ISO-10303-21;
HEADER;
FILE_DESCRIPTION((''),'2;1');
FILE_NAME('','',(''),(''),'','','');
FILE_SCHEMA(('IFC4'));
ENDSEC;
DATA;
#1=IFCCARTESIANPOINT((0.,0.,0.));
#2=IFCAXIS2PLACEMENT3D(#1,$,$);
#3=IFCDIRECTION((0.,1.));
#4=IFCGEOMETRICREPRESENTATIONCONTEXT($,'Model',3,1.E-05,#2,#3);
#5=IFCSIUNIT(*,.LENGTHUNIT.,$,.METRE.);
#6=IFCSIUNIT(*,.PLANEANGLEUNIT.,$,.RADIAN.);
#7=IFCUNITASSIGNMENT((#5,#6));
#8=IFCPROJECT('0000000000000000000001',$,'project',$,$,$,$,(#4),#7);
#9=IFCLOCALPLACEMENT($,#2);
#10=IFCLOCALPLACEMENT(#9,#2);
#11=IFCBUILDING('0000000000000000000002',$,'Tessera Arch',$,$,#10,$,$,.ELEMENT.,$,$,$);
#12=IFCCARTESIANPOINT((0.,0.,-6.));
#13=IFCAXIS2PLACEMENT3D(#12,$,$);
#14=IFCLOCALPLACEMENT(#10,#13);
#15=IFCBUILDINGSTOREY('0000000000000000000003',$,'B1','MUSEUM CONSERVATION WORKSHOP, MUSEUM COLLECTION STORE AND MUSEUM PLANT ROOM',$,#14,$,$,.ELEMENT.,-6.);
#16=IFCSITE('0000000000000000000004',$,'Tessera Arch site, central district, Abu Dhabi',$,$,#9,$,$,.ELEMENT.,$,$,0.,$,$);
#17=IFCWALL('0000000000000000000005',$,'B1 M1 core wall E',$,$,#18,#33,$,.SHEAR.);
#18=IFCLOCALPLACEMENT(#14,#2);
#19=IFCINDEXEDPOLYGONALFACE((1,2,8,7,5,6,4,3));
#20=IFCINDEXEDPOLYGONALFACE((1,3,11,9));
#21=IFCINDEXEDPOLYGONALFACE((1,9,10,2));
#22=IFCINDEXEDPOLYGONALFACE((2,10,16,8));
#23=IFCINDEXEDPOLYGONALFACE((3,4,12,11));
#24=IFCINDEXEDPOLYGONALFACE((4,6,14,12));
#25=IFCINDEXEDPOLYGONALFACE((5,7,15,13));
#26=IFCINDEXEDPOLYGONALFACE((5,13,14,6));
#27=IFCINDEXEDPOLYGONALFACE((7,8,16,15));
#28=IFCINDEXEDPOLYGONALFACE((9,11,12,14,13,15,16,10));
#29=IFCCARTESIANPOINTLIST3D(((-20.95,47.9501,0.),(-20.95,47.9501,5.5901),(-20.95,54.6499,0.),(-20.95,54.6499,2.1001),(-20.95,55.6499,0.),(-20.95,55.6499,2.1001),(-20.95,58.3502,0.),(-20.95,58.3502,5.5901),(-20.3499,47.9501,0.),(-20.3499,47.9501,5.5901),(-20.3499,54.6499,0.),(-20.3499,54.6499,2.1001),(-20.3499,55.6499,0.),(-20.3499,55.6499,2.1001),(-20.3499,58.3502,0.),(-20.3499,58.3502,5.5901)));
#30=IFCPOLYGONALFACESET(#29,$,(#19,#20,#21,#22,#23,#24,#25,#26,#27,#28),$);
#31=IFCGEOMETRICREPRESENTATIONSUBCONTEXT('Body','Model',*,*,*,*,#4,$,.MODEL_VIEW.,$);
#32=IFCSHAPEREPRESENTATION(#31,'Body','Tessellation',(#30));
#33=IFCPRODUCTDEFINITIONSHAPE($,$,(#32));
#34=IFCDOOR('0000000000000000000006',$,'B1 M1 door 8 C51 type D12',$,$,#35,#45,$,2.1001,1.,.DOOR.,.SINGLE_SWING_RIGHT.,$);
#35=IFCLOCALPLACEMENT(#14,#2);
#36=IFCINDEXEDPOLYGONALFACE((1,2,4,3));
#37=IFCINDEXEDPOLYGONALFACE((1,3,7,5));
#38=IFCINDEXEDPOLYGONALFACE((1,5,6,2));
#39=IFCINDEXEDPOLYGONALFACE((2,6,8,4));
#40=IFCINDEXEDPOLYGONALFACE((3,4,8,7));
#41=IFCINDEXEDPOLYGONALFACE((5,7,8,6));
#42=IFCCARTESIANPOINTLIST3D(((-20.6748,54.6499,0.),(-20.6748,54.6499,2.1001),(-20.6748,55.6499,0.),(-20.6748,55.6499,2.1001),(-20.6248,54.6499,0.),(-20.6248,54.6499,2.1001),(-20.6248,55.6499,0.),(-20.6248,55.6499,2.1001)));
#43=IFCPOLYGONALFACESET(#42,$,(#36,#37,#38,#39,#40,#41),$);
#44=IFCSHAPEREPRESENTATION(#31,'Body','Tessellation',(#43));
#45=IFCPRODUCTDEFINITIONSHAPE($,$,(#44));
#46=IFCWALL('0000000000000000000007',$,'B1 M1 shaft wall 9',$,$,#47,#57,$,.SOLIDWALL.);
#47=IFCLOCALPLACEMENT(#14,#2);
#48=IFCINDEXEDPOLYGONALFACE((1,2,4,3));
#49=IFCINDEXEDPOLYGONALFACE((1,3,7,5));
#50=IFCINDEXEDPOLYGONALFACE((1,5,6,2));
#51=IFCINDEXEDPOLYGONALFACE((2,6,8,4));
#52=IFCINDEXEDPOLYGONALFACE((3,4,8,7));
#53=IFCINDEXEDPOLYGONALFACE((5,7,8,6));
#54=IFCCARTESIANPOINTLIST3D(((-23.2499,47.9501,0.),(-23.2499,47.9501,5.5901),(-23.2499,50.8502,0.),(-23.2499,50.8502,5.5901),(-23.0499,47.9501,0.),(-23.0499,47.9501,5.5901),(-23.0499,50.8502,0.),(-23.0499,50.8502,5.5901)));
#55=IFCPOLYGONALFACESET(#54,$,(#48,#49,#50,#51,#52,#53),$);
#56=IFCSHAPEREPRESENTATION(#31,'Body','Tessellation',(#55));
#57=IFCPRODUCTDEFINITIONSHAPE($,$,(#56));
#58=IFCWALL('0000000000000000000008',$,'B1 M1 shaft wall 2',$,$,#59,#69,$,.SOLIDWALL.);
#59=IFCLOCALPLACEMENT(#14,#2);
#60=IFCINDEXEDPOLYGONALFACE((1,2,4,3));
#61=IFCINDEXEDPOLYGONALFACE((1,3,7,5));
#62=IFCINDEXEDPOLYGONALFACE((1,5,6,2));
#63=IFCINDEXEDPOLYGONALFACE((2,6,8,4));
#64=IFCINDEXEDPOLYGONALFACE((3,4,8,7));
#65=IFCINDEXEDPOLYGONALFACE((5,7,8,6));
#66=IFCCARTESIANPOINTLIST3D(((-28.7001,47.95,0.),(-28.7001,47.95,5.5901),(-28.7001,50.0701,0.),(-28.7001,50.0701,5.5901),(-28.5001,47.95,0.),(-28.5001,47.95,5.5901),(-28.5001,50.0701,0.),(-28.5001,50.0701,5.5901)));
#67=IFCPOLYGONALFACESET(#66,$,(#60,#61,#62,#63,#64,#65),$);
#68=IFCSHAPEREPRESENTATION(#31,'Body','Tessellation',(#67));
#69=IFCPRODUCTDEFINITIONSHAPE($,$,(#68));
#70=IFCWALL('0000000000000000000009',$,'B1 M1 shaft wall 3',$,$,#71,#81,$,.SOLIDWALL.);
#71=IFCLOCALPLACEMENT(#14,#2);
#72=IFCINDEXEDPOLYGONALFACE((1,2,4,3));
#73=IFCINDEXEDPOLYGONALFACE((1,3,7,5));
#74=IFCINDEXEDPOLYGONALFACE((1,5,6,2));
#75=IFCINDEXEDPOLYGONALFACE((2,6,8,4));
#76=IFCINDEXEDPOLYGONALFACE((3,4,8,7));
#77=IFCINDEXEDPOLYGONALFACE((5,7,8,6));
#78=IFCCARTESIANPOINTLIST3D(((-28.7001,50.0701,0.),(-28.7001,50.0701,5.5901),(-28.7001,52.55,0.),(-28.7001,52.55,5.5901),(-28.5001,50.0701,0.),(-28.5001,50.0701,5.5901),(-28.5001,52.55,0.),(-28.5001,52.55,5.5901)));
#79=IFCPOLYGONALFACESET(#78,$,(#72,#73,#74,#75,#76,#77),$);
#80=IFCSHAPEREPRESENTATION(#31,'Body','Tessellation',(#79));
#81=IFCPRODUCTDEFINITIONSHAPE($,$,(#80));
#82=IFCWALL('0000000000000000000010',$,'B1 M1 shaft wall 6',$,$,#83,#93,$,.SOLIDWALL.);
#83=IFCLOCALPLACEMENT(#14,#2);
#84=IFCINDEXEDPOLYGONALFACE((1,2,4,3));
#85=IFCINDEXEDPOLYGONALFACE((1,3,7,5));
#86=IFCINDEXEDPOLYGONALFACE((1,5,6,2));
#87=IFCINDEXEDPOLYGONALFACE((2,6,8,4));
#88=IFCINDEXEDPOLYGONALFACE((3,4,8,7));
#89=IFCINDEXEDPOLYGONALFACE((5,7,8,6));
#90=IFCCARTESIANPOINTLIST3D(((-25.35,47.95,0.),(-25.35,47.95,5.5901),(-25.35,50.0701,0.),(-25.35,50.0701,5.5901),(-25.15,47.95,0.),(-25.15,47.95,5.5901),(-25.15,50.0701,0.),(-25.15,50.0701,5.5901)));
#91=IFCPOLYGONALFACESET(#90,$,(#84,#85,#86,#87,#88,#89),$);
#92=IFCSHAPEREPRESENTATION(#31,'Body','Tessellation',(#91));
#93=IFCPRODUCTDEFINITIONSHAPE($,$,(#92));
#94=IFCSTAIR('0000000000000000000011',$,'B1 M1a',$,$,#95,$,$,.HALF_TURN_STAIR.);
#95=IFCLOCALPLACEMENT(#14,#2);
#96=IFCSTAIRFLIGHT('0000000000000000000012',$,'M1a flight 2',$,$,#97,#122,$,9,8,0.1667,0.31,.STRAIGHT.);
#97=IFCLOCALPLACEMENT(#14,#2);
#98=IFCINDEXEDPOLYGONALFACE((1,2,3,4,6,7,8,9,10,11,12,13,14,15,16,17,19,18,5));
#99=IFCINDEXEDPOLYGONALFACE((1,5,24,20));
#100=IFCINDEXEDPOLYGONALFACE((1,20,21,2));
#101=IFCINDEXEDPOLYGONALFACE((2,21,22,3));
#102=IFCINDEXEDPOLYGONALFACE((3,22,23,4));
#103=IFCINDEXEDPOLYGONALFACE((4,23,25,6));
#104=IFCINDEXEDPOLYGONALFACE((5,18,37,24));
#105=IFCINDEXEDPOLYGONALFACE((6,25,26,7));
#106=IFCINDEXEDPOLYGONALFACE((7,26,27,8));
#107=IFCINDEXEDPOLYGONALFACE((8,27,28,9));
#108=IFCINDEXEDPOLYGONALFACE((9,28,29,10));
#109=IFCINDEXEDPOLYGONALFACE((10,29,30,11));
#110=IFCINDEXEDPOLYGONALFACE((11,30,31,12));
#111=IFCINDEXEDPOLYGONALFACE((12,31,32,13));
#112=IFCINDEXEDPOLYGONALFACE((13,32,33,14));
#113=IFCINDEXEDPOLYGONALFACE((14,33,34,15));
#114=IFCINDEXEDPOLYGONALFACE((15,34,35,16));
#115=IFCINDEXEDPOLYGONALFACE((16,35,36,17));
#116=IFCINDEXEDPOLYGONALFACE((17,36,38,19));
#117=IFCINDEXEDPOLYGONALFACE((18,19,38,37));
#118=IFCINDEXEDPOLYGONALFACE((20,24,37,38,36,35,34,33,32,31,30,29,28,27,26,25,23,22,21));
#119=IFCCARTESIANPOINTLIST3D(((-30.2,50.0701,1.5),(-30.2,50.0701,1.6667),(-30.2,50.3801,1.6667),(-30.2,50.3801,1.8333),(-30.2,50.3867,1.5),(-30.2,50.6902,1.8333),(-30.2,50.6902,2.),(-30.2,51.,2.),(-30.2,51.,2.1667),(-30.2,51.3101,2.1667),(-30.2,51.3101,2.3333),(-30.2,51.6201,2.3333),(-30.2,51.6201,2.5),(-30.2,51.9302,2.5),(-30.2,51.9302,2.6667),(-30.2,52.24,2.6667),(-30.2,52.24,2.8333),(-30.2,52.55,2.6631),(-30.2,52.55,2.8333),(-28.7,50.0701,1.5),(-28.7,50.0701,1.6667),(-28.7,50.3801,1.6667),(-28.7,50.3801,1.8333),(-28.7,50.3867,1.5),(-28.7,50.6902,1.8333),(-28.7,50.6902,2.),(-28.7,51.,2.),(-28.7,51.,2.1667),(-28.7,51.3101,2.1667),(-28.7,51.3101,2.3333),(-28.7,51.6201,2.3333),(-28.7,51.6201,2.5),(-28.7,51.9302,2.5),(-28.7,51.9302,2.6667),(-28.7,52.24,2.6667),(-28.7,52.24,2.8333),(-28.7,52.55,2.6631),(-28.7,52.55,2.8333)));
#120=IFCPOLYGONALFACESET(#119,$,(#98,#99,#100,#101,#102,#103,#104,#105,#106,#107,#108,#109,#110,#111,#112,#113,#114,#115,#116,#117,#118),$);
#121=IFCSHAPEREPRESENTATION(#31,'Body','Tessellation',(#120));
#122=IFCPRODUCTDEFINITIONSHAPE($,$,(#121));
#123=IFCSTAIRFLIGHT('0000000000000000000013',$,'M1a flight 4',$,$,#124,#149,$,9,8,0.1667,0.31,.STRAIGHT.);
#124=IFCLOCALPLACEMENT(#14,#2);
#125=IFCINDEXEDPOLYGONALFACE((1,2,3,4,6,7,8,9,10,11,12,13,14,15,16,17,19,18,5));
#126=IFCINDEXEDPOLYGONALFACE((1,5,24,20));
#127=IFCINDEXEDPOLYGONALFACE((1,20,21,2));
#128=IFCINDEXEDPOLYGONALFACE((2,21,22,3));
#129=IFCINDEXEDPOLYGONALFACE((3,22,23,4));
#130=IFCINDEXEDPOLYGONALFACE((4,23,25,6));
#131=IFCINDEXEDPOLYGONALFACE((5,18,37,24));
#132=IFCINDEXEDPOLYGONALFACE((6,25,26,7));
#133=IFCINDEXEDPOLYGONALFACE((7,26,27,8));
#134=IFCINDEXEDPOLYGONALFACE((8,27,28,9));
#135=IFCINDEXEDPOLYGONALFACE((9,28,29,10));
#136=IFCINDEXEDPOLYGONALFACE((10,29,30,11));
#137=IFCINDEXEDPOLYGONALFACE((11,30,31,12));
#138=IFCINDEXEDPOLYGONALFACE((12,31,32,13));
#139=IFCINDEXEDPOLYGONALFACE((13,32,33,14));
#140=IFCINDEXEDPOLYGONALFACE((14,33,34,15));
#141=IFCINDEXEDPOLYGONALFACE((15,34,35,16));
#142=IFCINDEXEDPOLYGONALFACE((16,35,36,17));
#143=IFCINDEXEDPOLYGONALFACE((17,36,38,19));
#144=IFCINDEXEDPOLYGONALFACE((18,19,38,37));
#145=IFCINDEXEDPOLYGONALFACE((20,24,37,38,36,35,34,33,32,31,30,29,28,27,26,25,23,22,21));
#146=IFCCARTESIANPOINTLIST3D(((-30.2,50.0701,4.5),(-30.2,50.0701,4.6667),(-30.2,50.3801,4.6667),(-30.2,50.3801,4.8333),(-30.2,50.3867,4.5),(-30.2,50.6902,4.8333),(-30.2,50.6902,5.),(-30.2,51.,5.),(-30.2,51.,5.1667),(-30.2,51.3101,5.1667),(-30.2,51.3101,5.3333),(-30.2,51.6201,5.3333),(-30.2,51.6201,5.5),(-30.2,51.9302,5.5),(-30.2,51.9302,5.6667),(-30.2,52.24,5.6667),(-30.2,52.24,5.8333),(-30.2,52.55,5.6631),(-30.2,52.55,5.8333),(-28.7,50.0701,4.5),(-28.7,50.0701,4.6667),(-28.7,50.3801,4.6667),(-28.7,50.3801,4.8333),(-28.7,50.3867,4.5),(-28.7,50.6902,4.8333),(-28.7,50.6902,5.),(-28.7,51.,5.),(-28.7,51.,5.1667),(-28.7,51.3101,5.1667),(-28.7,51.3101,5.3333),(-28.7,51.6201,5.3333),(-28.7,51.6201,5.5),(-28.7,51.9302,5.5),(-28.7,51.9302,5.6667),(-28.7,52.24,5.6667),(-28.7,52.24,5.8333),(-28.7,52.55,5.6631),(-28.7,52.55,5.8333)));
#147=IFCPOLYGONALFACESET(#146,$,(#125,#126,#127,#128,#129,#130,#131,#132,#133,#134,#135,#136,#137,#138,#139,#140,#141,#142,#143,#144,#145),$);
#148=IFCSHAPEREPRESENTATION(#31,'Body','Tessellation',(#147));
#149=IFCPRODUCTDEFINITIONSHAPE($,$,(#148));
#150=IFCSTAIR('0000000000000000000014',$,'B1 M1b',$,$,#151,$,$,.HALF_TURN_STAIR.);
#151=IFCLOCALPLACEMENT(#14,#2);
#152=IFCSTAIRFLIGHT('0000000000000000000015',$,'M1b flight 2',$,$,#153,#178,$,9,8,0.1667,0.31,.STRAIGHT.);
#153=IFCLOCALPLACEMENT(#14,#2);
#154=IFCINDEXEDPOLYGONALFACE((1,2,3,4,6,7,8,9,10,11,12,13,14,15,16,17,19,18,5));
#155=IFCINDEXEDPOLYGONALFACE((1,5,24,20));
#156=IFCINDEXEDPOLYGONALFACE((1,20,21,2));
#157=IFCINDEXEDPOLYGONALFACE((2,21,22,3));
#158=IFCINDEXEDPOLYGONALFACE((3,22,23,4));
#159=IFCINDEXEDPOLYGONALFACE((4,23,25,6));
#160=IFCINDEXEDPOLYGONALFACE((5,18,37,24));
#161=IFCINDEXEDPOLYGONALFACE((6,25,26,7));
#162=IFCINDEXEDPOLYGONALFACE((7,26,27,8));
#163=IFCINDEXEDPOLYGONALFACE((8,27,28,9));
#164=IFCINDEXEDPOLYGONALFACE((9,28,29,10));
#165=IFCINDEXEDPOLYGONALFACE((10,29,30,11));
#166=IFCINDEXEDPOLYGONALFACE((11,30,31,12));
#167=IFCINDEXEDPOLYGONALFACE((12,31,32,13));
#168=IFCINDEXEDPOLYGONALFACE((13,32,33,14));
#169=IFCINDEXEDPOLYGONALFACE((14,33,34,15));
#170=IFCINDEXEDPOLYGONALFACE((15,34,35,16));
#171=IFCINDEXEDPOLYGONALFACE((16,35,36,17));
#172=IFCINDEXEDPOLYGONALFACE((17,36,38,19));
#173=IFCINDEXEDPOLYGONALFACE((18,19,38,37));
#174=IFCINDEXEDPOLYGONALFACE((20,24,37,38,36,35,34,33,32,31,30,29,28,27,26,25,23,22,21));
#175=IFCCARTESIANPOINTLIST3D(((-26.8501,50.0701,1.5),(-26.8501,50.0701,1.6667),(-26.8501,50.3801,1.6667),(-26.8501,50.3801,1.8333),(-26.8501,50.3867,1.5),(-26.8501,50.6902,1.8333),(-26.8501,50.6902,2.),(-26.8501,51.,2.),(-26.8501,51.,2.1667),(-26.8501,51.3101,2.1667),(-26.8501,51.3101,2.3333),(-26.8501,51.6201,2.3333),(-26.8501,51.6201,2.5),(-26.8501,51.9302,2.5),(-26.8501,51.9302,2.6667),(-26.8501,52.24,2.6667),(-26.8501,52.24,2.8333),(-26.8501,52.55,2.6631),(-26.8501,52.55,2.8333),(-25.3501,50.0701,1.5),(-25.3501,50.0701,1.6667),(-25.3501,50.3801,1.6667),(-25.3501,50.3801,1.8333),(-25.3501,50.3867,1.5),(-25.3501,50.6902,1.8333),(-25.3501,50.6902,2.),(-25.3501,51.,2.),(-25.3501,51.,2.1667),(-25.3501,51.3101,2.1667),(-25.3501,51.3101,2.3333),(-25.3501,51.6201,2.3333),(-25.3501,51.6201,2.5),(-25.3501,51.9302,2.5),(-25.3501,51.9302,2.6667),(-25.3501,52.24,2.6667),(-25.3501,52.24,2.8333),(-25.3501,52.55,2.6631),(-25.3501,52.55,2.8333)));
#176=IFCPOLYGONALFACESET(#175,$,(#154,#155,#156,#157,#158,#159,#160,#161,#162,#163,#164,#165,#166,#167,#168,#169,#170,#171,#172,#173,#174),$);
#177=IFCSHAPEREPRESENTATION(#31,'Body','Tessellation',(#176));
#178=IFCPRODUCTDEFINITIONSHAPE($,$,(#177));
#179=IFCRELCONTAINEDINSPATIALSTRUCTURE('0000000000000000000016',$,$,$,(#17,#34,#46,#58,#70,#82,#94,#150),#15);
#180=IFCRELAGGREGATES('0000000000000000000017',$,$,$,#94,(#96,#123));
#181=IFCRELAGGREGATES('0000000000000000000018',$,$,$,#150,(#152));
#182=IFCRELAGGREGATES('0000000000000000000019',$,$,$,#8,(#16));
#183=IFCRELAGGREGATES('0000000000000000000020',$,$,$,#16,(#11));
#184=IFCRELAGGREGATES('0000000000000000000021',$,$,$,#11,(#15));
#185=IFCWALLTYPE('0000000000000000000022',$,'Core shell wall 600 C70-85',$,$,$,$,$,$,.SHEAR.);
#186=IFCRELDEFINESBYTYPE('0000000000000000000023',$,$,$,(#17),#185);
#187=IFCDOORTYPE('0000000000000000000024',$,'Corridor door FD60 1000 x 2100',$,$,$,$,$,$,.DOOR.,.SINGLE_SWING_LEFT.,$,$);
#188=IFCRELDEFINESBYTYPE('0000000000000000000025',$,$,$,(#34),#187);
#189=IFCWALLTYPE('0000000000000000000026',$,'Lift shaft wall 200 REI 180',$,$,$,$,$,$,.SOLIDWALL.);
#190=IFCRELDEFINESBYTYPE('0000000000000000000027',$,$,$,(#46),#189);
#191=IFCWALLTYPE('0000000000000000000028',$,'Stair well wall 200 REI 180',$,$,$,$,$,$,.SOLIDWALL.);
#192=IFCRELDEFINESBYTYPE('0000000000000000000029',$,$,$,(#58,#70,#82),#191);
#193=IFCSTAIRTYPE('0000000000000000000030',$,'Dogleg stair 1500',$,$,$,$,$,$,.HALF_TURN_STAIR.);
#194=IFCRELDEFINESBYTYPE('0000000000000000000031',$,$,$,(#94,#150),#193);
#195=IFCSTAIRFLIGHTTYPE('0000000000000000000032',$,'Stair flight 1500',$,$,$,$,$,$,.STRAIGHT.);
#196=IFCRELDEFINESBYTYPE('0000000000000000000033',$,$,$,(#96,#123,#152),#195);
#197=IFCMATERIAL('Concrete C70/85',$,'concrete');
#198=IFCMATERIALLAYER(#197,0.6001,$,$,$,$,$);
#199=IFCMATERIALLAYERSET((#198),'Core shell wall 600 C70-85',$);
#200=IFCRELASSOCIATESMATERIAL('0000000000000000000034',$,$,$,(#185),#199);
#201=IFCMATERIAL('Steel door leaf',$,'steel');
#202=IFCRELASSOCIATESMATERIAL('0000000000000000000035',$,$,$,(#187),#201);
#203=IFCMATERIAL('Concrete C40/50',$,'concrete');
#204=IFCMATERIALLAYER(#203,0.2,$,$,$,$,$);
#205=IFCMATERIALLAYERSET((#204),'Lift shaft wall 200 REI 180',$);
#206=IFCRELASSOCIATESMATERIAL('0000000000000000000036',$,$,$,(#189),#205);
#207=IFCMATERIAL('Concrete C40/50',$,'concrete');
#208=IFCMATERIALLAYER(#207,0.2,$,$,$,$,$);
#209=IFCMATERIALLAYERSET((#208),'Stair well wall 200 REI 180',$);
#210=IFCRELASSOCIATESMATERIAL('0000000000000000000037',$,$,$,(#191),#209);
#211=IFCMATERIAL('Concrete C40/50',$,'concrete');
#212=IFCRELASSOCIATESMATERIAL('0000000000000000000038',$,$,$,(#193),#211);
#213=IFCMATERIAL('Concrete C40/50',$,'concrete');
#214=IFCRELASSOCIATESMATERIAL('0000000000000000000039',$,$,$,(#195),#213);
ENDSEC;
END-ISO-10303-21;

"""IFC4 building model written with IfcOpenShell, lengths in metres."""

from ifc_helpers import new_model, si_unit, direction, frame, frame_2d, origin, place, context, subcontext, project, spatial, polyline, rectangle, outline, extrude, material, layer, layer_set, type_object, element, fill, aggregate, save


model = new_model("IFC4")

# Units and contexts
model_context = context("Model", 3, precision=1e-05, world=origin(), true_north=direction((0.0, 1.0)))
body_context = subcontext(model_context, "Body", "Model", "MODEL_VIEW")
ifc_project = project(units=[si_unit("LENGTHUNIT", "METRE"), si_unit("PLANEANGLEUNIT", "RADIAN")], contexts=[model_context])

# Site, building, storey
site_placement = place(None, origin())
site = spatial("IfcSite", under=ifc_project, at=site_placement, Name="Tessera Arch site, central district, Abu Dhabi", CompositionType="ELEMENT", RefElevation=0.0)
building_placement = place(site_placement, origin())
building = spatial("IfcBuilding", under=site, at=building_placement, Name="Tessera Arch", CompositionType="ELEMENT")
storey_placement = place(building_placement, frame((0.0, 0.0, -6.0)))
storey = spatial("IfcBuildingStorey", under=building, at=storey_placement, Name="B1", Description="MUSEUM CONSERVATION WORKSHOP, MUSEUM COLLECTION STORE AND MUSEUM PLANT ROOM", CompositionType="ELEMENT", Elevation=-6.0)

# Wall, opening, door
ifc_material_1 = material(Name="Concrete C70/85", Category="concrete")
ifc_layer_1 = layer(ifc_material_1, 0.6001)
ifc_layer_set_1 = layer_set([ifc_layer_1], Name="Core shell wall 600 C70-85")
wall_type_1 = type_object("IfcWallType", Name="Core shell wall 600 C70-85", PredefinedType="SHEAR", material=ifc_layer_set_1)
ifc_material_2 = material(Name="Steel door leaf", Category="steel")
door_type_1 = type_object("IfcDoorType", Name="Corridor door FD60 1000 x 2100", OperationType="SINGLE_SWING_LEFT", PredefinedType="DOOR", material=ifc_material_2)
wall_1_placement = place(storey_placement, frame((-20.6499, 47.95, 0.0), z_axis=(0.0, 0.0, 1.0), x_axis=(0.0, 1.0, 0.0)))
wall_1 = element("IfcWall", 1, at=wall_1_placement, inside=storey, type_object=wall_type_1, Name="B1 M1 core wall E", PredefinedType="SHEAR", context=body_context, shape_type="SweptSolid", body=[
    extrude(rectangle(XDim=10.4001, YDim=0.6001, at=frame_2d((5.2002, 0.0))), origin(), (0.0, 0.0, 1.0), 5.5901),
])
opening_1_placement = place(wall_1_placement, frame((6.7, 0.0, 0.0)))
opening_1 = element("IfcOpeningElement", 2, at=opening_1_placement, cuts=wall_1, PredefinedType="OPENING", context=body_context, shape_type="SweptSolid", body=[
    extrude(rectangle(XDim=1.0, YDim=2.1001, at=frame_2d((0.5, 1.05))), frame((0.0, 0.3101, 0.0), z_axis=(0.0, -1.0, 0.0), x_axis=(1.0, 0.0, 0.0)), (0.0, 0.0, 1.0), 0.6201),
])
door_1_placement = place(opening_1_placement, origin())
door_1 = element("IfcDoor", 3, at=door_1_placement, inside=storey, type_object=door_type_1, Name="B1 M1 door 8 C51 type D12", OperationType="SINGLE_SWING_RIGHT", OverallHeight=2.1001, OverallWidth=1.0, PredefinedType="DOOR", context=body_context, shape_type="SweptSolid", body=[
    extrude(rectangle(XDim=1.0, YDim=2.1001, at=frame_2d((0.5, 1.05))), frame((0.0, 0.0249, 0.0), z_axis=(0.0, -1.0, 0.0), x_axis=(1.0, 0.0, 0.0)), (0.0, 0.0, 1.0), 0.05),
])
fill(opening_1, door_1)

# Walls
ifc_material_3 = material(Name="Concrete C40/50", Category="concrete")
ifc_layer_2 = layer(ifc_material_3, 0.2)
ifc_layer_set_2 = layer_set([ifc_layer_2], Name="Lift shaft wall 200 REI 180")
wall_type_2 = type_object("IfcWallType", Name="Lift shaft wall 200 REI 180", PredefinedType="SOLIDWALL", material=ifc_layer_set_2)
wall_2_placement = place(storey_placement, frame((-23.1499, 47.95, 0.0), z_axis=(0.0, 0.0, 1.0), x_axis=(0.0, 1.0, 0.0)))
element("IfcWall", 4, at=wall_2_placement, inside=storey, type_object=wall_type_2, Name="B1 M1 shaft wall 9", PredefinedType="SOLIDWALL", context=body_context, shape_type="SweptSolid", body=[
    extrude(rectangle(XDim=2.9001, YDim=0.2, at=frame_2d((1.4502, 0.0))), origin(), (0.0, 0.0, 1.0), 5.5901),
])
ifc_material_4 = material(Name="Concrete C40/50", Category="concrete")
ifc_layer_3 = layer(ifc_material_4, 0.2)
ifc_layer_set_3 = layer_set([ifc_layer_3], Name="Stair well wall 200 REI 180")
wall_type_3 = type_object("IfcWallType", Name="Stair well wall 200 REI 180", PredefinedType="SOLIDWALL", material=ifc_layer_set_3)
wall_3_placement = place(storey_placement, frame((-28.6001, 47.95, 0.0), z_axis=(0.0, 0.0, 1.0), x_axis=(0.0, 1.0, 0.0)))
element("IfcWall", 5, at=wall_3_placement, inside=storey, type_object=wall_type_3, Name="B1 M1 shaft wall 2", PredefinedType="SOLIDWALL", context=body_context, shape_type="SweptSolid", body=[
    extrude(rectangle(XDim=2.1201, YDim=0.2, at=frame_2d((1.0601, 0.0))), origin(), (0.0, 0.0, 1.0), 5.5901),
])
wall_4_placement = place(storey_placement, frame((-28.6001, 50.0701, 0.0), z_axis=(0.0, 0.0, 1.0), x_axis=(0.0, 1.0, 0.0)))
element("IfcWall", 6, at=wall_4_placement, inside=storey, type_object=wall_type_3, Name="B1 M1 shaft wall 3", PredefinedType="SOLIDWALL", context=body_context, shape_type="SweptSolid", body=[
    extrude(rectangle(XDim=2.48, YDim=0.2, at=frame_2d((1.24, 0.0))), origin(), (0.0, 0.0, 1.0), 5.5901),
])
wall_5_placement = place(storey_placement, frame((-25.25, 47.95, 0.0), z_axis=(0.0, 0.0, 1.0), x_axis=(0.0, 1.0, 0.0)))
element("IfcWall", 7, at=wall_5_placement, inside=storey, type_object=wall_type_3, Name="B1 M1 shaft wall 6", PredefinedType="SOLIDWALL", context=body_context, shape_type="SweptSolid", body=[
    extrude(rectangle(XDim=2.1201, YDim=0.2, at=frame_2d((1.0601, 0.0))), origin(), (0.0, 0.0, 1.0), 5.5901),
])

# Stair, stair flights
ifc_material_5 = material(Name="Concrete C40/50", Category="concrete")
stair_type = type_object("IfcStairType", Name="Dogleg stair 1500", PredefinedType="HALF_TURN_STAIR", material=ifc_material_5)
stair_1_placement = place(storey_placement, origin())
stair_1 = element("IfcStair", 8, at=stair_1_placement, inside=storey, type_object=stair_type, Name="B1 M1a", PredefinedType="HALF_TURN_STAIR")
ifc_material_6 = material(Name="Concrete C40/50", Category="concrete")
stair_flight_type = type_object("IfcStairFlightType", Name="Stair flight 1500", PredefinedType="STRAIGHT", material=ifc_material_6)
stair_flight_1_placement = place(storey_placement, frame((-29.45, 50.0701, 1.5), z_axis=(0.0, 0.0, 1.0), x_axis=(0.0, 1.0, 0.0)))
stair_flight_1 = element("IfcStairFlight", 9, at=stair_flight_1_placement, type_object=stair_flight_type, Name="M1a flight 2", NumberOfRisers=9, NumberOfTreads=8, PredefinedType="STRAIGHT", RiserHeight=0.1667, TreadLength=0.31, context=body_context, shape_type="SweptSolid", body=[
    extrude(outline(polyline([(0.0, 0.0), (0.0, 0.1667), (0.3101, 0.1667), (0.3101, 0.3333), (0.6201, 0.3333), (0.6201, 0.5), (0.9299, 0.5), (0.9299, 0.6667), (1.24, 0.6667), (1.24, 0.8333), (1.55, 0.8333), (1.55, 1.0), (1.8601, 1.0), (1.8601, 1.1667), (2.1699, 1.1667), (2.1699, 1.3333), (2.48, 1.3333), (2.48, 1.5), (2.48, 1.1631), (0.3167, 0.0), (0.0, 0.0)])), frame((0.0, 0.75, 0.0), z_axis=(0.0, -1.0, 0.0), x_axis=(1.0, 0.0, 0.0)), (0.0, 0.0, 1.0), 1.5),
])
stair_flight_2_placement = place(storey_placement, frame((-29.45, 50.0701, 4.5), z_axis=(0.0, 0.0, 1.0), x_axis=(0.0, 1.0, 0.0)))
stair_flight_2 = element("IfcStairFlight", 10, at=stair_flight_2_placement, type_object=stair_flight_type, Name="M1a flight 4", NumberOfRisers=9, NumberOfTreads=8, PredefinedType="STRAIGHT", RiserHeight=0.1667, TreadLength=0.31, context=body_context, shape_type="SweptSolid", body=[
    extrude(outline(polyline([(0.0, 0.0), (0.0, 0.1667), (0.3101, 0.1667), (0.3101, 0.3333), (0.6201, 0.3333), (0.6201, 0.5), (0.9299, 0.5), (0.9299, 0.6667), (1.24, 0.6667), (1.24, 0.8333), (1.55, 0.8333), (1.55, 1.0), (1.8601, 1.0), (1.8601, 1.1667), (2.1699, 1.1667), (2.1699, 1.3333), (2.48, 1.3333), (2.48, 1.5), (2.48, 1.1631), (0.3167, 0.0), (0.0, 0.0)])), frame((0.0, 0.75, 0.0), z_axis=(0.0, -1.0, 0.0), x_axis=(1.0, 0.0, 0.0)), (0.0, 0.0, 1.0), 1.5),
])
aggregate(stair_1, [stair_flight_1, stair_flight_2])

# Stair, stair flight
stair_2_placement = place(storey_placement, origin())
stair_2 = element("IfcStair", 11, at=stair_2_placement, inside=storey, type_object=stair_type, Name="B1 M1b", PredefinedType="HALF_TURN_STAIR")
stair_flight_3_placement = place(storey_placement, frame((-26.1001, 50.0701, 1.5), z_axis=(0.0, 0.0, 1.0), x_axis=(0.0, 1.0, 0.0)))
stair_flight_3 = element("IfcStairFlight", 12, at=stair_flight_3_placement, type_object=stair_flight_type, Name="M1b flight 2", NumberOfRisers=9, NumberOfTreads=8, PredefinedType="STRAIGHT", RiserHeight=0.1667, TreadLength=0.31, context=body_context, shape_type="SweptSolid", body=[
    extrude(outline(polyline([(0.0, 0.0), (0.0, 0.1667), (0.3101, 0.1667), (0.3101, 0.3333), (0.6201, 0.3333), (0.6201, 0.5), (0.9299, 0.5), (0.9299, 0.6667), (1.24, 0.6667), (1.24, 0.8333), (1.55, 0.8333), (1.55, 1.0), (1.8601, 1.0), (1.8601, 1.1667), (2.1699, 1.1667), (2.1699, 1.3333), (2.48, 1.3333), (2.48, 1.5), (2.48, 1.1631), (0.3167, 0.0), (0.0, 0.0)])), frame((0.0, 0.75, 0.0), z_axis=(0.0, -1.0, 0.0), x_axis=(1.0, 0.0, 0.0)), (0.0, 0.0, 1.0), 1.5),
])
aggregate(stair_2, [stair_flight_3])

save(model, "model.ifc")
